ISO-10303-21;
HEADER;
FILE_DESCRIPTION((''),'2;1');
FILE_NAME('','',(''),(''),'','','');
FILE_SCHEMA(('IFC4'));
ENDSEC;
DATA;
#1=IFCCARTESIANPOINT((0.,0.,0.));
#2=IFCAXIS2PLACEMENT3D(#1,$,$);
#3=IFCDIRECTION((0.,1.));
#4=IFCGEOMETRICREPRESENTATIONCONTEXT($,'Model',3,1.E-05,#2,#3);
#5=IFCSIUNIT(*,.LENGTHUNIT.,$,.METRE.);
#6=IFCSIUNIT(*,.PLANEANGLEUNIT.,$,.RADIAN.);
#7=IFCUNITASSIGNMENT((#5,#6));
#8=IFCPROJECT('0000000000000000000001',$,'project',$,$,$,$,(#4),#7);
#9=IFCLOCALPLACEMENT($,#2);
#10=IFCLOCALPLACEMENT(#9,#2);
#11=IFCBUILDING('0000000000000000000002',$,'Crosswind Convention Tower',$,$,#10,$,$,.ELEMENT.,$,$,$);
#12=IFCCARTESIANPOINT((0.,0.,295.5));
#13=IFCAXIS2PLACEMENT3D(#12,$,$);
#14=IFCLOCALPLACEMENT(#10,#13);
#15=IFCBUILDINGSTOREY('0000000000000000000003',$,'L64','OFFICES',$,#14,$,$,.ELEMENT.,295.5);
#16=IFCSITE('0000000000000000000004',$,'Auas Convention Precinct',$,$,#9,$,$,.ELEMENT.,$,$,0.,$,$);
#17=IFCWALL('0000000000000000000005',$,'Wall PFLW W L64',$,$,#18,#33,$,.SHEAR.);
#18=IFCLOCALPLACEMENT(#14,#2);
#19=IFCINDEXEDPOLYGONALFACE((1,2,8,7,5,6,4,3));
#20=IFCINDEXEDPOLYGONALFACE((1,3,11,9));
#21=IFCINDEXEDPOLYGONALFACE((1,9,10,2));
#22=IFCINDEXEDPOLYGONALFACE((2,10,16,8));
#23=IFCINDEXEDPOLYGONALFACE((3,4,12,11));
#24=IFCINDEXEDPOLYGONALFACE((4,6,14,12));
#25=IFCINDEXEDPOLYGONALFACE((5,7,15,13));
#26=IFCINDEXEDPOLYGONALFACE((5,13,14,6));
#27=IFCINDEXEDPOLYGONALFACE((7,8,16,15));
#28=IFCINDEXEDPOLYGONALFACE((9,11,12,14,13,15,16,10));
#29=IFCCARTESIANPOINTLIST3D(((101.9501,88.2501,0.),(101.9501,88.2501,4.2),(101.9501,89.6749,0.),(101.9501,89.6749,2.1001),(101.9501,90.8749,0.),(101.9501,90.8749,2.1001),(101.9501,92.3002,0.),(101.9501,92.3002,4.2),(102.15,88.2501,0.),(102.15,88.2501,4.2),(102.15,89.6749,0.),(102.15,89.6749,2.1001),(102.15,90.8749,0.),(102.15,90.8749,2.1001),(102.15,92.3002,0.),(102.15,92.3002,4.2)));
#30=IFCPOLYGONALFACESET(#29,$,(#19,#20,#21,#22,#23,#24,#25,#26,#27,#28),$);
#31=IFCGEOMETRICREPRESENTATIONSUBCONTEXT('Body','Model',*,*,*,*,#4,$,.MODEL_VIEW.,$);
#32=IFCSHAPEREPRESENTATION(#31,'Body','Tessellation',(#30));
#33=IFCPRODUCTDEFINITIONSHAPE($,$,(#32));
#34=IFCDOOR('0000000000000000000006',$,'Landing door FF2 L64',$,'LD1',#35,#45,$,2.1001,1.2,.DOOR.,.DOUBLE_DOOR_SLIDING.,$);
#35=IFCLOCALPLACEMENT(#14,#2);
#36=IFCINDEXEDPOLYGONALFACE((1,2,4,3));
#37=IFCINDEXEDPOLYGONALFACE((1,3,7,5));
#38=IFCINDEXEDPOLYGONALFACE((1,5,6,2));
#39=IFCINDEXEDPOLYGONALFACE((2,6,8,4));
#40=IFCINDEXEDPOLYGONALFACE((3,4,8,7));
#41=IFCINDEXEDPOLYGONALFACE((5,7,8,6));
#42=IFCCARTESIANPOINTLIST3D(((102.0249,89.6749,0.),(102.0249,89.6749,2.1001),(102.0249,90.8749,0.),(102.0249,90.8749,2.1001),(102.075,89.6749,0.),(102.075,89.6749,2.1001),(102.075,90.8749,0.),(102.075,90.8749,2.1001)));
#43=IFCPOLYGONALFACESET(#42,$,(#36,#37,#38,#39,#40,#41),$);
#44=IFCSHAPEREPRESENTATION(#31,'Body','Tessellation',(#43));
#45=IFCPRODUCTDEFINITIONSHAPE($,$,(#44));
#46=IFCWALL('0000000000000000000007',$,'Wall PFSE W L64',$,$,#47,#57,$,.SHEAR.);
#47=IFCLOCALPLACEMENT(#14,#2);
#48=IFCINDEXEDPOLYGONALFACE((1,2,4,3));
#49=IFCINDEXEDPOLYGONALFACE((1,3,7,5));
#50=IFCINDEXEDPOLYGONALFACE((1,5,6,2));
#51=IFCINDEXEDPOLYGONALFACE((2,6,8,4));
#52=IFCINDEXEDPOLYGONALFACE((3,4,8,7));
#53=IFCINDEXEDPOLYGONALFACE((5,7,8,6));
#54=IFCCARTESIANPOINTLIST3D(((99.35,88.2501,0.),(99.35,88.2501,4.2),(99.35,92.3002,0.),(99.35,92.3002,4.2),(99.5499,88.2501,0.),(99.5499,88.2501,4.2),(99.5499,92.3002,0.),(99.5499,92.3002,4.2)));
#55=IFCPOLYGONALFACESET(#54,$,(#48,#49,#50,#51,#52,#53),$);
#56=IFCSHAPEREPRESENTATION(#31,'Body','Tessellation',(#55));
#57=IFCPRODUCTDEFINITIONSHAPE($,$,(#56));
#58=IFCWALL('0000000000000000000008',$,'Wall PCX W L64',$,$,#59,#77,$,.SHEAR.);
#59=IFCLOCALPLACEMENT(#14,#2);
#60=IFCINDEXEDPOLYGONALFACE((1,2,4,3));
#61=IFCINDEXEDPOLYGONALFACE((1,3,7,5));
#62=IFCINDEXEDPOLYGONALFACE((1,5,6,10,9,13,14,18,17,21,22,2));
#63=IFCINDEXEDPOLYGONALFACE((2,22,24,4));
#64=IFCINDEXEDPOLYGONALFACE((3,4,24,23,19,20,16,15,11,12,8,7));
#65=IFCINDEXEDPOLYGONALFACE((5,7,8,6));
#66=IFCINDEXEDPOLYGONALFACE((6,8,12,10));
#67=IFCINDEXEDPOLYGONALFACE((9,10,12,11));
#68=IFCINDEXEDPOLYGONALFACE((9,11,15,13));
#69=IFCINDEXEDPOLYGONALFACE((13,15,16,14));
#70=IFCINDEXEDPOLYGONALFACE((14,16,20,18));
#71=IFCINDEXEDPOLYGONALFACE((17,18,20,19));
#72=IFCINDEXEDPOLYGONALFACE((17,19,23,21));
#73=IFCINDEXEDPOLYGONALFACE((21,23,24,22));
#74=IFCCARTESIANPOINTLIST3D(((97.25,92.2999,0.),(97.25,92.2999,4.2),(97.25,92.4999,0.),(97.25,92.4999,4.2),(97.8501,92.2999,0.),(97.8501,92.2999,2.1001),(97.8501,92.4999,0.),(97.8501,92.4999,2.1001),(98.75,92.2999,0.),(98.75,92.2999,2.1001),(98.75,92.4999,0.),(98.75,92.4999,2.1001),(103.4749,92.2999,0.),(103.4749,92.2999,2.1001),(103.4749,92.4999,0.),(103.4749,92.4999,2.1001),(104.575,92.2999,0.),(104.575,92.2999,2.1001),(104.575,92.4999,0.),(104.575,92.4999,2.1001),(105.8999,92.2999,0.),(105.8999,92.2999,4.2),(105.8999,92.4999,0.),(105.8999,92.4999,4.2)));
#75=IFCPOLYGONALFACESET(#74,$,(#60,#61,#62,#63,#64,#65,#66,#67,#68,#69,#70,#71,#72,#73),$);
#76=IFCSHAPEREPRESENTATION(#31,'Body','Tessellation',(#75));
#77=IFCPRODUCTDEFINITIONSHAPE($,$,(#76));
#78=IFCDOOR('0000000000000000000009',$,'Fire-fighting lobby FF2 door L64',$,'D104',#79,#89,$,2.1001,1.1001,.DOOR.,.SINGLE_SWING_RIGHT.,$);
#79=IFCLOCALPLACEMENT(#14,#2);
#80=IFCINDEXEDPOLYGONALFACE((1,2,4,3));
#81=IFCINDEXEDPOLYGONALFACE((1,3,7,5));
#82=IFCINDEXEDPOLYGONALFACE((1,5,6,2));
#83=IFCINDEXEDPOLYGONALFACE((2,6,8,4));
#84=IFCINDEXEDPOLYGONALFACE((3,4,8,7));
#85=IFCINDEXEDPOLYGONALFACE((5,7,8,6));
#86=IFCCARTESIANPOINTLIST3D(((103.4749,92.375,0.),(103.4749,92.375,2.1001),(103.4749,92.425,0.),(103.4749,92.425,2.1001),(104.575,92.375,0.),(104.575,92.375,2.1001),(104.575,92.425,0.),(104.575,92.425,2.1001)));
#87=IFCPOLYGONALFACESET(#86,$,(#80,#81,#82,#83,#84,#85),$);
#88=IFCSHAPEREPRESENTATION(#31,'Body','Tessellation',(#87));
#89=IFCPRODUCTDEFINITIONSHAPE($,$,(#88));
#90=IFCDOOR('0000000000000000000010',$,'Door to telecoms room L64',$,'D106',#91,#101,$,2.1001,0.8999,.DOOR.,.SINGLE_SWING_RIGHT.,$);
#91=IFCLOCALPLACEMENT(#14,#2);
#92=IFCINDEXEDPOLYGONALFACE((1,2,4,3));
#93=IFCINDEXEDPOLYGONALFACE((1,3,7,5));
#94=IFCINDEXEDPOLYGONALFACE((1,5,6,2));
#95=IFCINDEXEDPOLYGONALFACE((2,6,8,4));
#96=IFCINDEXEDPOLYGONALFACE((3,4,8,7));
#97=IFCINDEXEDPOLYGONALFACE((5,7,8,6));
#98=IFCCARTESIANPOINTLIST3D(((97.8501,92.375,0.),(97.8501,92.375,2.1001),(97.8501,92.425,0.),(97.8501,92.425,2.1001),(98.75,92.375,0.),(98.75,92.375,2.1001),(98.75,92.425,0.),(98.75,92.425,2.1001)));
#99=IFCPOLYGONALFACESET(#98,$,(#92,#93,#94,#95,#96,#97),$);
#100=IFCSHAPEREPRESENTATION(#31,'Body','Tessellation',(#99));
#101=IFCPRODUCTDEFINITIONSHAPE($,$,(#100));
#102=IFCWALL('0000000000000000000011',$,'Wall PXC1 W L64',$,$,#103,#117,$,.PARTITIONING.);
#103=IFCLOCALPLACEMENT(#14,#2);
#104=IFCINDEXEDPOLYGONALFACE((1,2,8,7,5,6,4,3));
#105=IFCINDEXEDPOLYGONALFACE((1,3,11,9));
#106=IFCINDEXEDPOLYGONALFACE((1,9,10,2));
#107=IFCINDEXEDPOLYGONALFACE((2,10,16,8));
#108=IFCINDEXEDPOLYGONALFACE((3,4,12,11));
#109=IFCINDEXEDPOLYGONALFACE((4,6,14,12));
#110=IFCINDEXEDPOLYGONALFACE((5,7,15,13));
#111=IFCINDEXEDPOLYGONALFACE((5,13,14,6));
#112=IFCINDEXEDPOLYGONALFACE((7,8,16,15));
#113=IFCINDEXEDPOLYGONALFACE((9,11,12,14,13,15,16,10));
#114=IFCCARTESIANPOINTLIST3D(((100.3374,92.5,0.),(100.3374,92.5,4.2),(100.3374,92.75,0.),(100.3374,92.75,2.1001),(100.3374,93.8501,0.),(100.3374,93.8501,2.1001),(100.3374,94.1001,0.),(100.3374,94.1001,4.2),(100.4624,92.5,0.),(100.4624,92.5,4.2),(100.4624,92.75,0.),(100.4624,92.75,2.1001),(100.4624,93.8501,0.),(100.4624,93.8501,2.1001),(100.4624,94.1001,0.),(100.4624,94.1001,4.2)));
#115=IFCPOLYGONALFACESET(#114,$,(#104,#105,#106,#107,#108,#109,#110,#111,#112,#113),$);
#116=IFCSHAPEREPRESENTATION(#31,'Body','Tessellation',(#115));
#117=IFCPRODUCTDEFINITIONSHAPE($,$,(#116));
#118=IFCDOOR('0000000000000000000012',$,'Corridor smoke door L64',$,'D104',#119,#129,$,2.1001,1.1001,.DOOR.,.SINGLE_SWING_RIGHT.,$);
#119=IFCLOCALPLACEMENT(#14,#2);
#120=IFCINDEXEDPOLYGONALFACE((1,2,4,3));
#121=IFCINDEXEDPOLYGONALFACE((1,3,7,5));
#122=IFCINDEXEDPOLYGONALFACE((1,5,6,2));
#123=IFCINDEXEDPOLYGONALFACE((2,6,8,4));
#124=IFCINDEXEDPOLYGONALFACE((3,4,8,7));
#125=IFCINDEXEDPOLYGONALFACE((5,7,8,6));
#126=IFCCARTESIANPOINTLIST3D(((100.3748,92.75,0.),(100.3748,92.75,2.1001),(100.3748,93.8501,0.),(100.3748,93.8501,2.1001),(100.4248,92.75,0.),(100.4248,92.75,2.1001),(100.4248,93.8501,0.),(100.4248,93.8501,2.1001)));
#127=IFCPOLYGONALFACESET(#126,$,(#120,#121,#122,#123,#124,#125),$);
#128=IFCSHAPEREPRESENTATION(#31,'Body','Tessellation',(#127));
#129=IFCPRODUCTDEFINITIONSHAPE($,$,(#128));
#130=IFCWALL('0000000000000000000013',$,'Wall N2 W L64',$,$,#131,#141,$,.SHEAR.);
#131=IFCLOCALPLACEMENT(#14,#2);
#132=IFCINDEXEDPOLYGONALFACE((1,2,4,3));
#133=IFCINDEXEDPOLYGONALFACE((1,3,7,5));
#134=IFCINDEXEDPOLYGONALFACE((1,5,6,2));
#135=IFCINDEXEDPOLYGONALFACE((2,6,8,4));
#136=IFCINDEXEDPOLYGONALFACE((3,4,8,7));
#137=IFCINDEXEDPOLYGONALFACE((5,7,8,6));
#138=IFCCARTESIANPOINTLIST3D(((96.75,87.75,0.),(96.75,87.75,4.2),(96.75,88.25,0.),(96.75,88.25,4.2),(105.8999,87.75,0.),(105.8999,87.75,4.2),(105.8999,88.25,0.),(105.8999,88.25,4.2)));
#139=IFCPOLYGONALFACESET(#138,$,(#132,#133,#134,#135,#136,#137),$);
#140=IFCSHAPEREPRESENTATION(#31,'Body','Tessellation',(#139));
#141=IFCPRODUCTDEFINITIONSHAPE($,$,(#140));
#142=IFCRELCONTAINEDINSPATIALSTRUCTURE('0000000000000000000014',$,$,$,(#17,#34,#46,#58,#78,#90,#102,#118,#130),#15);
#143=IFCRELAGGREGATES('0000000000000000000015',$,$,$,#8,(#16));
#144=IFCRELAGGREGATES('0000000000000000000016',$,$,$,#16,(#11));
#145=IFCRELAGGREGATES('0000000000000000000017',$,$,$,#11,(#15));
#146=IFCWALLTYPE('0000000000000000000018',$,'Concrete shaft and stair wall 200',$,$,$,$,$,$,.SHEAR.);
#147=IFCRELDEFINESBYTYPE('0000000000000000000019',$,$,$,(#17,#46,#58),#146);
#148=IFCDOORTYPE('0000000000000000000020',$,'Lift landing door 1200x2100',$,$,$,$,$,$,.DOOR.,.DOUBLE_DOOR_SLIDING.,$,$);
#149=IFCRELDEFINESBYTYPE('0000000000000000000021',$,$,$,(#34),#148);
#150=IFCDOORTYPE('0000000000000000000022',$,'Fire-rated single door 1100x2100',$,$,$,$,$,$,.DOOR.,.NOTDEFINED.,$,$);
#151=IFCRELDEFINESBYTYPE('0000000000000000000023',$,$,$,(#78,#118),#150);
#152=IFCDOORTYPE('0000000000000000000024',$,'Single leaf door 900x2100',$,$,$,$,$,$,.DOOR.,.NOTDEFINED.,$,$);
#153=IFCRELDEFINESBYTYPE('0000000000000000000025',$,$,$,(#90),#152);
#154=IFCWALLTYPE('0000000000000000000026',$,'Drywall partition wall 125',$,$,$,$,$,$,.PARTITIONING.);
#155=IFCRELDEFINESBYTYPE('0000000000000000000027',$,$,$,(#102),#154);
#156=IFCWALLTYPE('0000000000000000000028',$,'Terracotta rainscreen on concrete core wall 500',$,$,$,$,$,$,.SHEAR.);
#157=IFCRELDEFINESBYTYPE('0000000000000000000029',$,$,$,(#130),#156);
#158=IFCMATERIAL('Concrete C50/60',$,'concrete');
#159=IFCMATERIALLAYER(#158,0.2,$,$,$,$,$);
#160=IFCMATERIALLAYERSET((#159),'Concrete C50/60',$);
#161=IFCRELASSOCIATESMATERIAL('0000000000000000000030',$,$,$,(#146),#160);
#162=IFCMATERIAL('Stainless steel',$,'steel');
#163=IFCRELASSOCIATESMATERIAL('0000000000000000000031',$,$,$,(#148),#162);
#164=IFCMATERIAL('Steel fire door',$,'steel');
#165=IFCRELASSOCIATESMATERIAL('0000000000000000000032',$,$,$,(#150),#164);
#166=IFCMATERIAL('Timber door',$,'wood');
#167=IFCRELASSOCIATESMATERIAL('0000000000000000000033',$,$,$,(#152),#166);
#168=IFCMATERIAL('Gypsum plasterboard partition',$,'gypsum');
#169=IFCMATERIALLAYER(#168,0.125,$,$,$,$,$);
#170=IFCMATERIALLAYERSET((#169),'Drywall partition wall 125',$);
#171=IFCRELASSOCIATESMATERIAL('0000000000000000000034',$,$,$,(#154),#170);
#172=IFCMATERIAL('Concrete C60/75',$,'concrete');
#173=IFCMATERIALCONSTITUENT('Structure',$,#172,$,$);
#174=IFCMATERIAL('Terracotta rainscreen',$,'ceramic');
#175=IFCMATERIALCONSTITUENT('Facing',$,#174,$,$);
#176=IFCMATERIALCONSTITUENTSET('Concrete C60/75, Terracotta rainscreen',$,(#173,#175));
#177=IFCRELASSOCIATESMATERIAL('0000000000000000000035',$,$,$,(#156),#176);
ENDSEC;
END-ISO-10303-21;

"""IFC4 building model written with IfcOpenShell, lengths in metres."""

from ifc_helpers import new_model, si_unit, direction, frame, frame_2d, origin, place, context, subcontext, project, spatial, rectangle, extrude, material, layer, layer_set, constituent, constituent_set, type_object, element, fill, save


model = new_model("IFC4")

# Units and contexts
model_context = context("Model", 3, precision=1e-05, world=origin(), true_north=direction((0.0, 1.0)))
body_context = subcontext(model_context, "Body", "Model", "MODEL_VIEW")
ifc_project = project(units=[si_unit("LENGTHUNIT", "METRE"), si_unit("PLANEANGLEUNIT", "RADIAN")], contexts=[model_context])

# Site, building, storey
site_placement = place(None, origin())
site = spatial("IfcSite", under=ifc_project, at=site_placement, Name="Auas Convention Precinct", CompositionType="ELEMENT", RefElevation=0.0)
building_placement = place(site_placement, origin())
building = spatial("IfcBuilding", under=site, at=building_placement, Name="Crosswind Convention Tower", CompositionType="ELEMENT")
storey_placement = place(building_placement, frame((0.0, 0.0, 295.5)))
storey = spatial("IfcBuildingStorey", under=building, at=storey_placement, Name="L64", Description="OFFICES", CompositionType="ELEMENT", Elevation=295.5)

# Shared definitions
ifc_material_1 = material(Name="Concrete C50/60", Category="concrete")
ifc_layer_1 = layer(ifc_material_1, 0.2)
ifc_layer_set_1 = layer_set([ifc_layer_1], Name="Concrete C50/60")
wall_type_1 = type_object("IfcWallType", Name="Concrete shaft and stair wall 200", PredefinedType="SHEAR", material=ifc_layer_set_1)

# Wall, opening, door
wall_1_placement = place(storey_placement, frame((102.05, 92.3, 0.0), z_axis=(0.0, 0.0, 1.0), x_axis=(0.0, -1.0, 0.0)))
wall_1 = element("IfcWall", 1, at=wall_1_placement, inside=storey, type_object=wall_type_1, Name="Wall PFLW W L64", PredefinedType="SHEAR", context=body_context, shape_type="SweptSolid", body=[
    extrude(rectangle(XDim=4.05, YDim=0.2, at=frame_2d((2.0249, 0.0))), origin(), (0.0, 0.0, 1.0), 4.2),
])
opening_1_placement = place(wall_1_placement, frame((1.425, 0.0, 0.0)))
opening_1 = element("IfcOpeningElement", 2, at=opening_1_placement, cuts=wall_1, PredefinedType="OPENING", context=body_context, shape_type="SweptSolid", body=[
    extrude(rectangle(XDim=1.2, YDim=2.1001, at=frame_2d((0.6001, 1.05))), frame((0.0, 0.1099, 0.0), z_axis=(0.0, -1.0, 0.0), x_axis=(1.0, 0.0, 0.0)), (0.0, 0.0, 1.0), 0.22),
])
ifc_material_2 = material(Name="Stainless steel", Category="steel")
door_type_1 = type_object("IfcDoorType", Name="Lift landing door 1200x2100", OperationType="DOUBLE_DOOR_SLIDING", PredefinedType="DOOR", material=ifc_material_2)
door_1_placement = place(opening_1_placement, origin())
door_1 = element("IfcDoor", 3, at=door_1_placement, inside=storey, type_object=door_type_1, Name="Landing door FF2 L64", ObjectType="LD1", OperationType="DOUBLE_DOOR_SLIDING", OverallHeight=2.1001, OverallWidth=1.2, PredefinedType="DOOR", context=body_context, shape_type="SweptSolid", body=[
    extrude(rectangle(XDim=1.2, YDim=2.1001, at=frame_2d((0.6001, 1.05))), frame((0.0, 0.0249, 0.0), z_axis=(0.0, -1.0, 0.0), x_axis=(1.0, 0.0, 0.0)), (0.0, 0.0, 1.0), 0.05),
])
fill(opening_1, door_1)

# Wall
wall_2_placement = place(storey_placement, frame((99.45, 92.3, 0.0), z_axis=(0.0, 0.0, 1.0), x_axis=(0.0, -1.0, 0.0)))
element("IfcWall", 4, at=wall_2_placement, inside=storey, type_object=wall_type_1, Name="Wall PFSE W L64", PredefinedType="SHEAR", context=body_context, shape_type="SweptSolid", body=[
    extrude(rectangle(XDim=4.05, YDim=0.2, at=frame_2d((2.0249, 0.0))), origin(), (0.0, 0.0, 1.0), 4.2),
])

# Wall, openings, doors
wall_3_placement = place(storey_placement, frame((105.8999, 92.3999, 0.0), z_axis=(0.0, 0.0, 1.0), x_axis=(-1.0, 0.0, 0.0)))
wall_3 = element("IfcWall", 5, at=wall_3_placement, inside=storey, type_object=wall_type_1, Name="Wall PCX W L64", PredefinedType="SHEAR", context=body_context, shape_type="SweptSolid", body=[
    extrude(rectangle(XDim=8.6499, YDim=0.2, at=frame_2d((4.325, 0.0))), origin(), (0.0, 0.0, 1.0), 4.2),
])
opening_2_placement = place(wall_3_placement, frame((1.325, 0.0, 0.0)))
opening_2 = element("IfcOpeningElement", 6, at=opening_2_placement, cuts=wall_3, PredefinedType="OPENING", context=body_context, shape_type="SweptSolid", body=[
    extrude(rectangle(XDim=1.1001, YDim=2.1001, at=frame_2d((0.55, 1.05))), frame((0.0, 0.1099, 0.0), z_axis=(0.0, -1.0, 0.0), x_axis=(1.0, 0.0, 0.0)), (0.0, 0.0, 1.0), 0.22),
])
opening_3_placement = place(wall_3_placement, frame((7.1499, 0.0, 0.0)))
opening_3 = element("IfcOpeningElement", 7, at=opening_3_placement, cuts=wall_3, PredefinedType="OPENING", context=body_context, shape_type="SweptSolid", body=[
    extrude(rectangle(XDim=0.8999, YDim=2.1001, at=frame_2d((0.45, 1.05))), frame((0.0, 0.1099, 0.0), z_axis=(0.0, -1.0, 0.0), x_axis=(1.0, 0.0, 0.0)), (0.0, 0.0, 1.0), 0.22),
])
ifc_material_3 = material(Name="Steel fire door", Category="steel")
door_type_2 = type_object("IfcDoorType", Name="Fire-rated single door 1100x2100", OperationType="NOTDEFINED", PredefinedType="DOOR", material=ifc_material_3)
door_2_placement = place(opening_2_placement, origin())
door_2 = element("IfcDoor", 8, at=door_2_placement, inside=storey, type_object=door_type_2, Name="Fire-fighting lobby FF2 door L64", ObjectType="D104", OperationType="SINGLE_SWING_RIGHT", OverallHeight=2.1001, OverallWidth=1.1001, PredefinedType="DOOR", context=body_context, shape_type="SweptSolid", body=[
    extrude(rectangle(XDim=1.1001, YDim=2.1001, at=frame_2d((0.55, 1.05))), frame((0.0, 0.0249, 0.0), z_axis=(0.0, -1.0, 0.0), x_axis=(1.0, 0.0, 0.0)), (0.0, 0.0, 1.0), 0.05),
])
fill(opening_2, door_2)
ifc_material_4 = material(Name="Timber door", Category="wood")
door_type_3 = type_object("IfcDoorType", Name="Single leaf door 900x2100", OperationType="NOTDEFINED", PredefinedType="DOOR", material=ifc_material_4)
door_3_placement = place(opening_3_placement, origin())
door_3 = element("IfcDoor", 9, at=door_3_placement, inside=storey, type_object=door_type_3, Name="Door to telecoms room L64", ObjectType="D106", OperationType="SINGLE_SWING_RIGHT", OverallHeight=2.1001, OverallWidth=0.8999, PredefinedType="DOOR", context=body_context, shape_type="SweptSolid", body=[
    extrude(rectangle(XDim=0.8999, YDim=2.1001, at=frame_2d((0.45, 1.05))), frame((0.0, 0.0249, 0.0), z_axis=(0.0, -1.0, 0.0), x_axis=(1.0, 0.0, 0.0)), (0.0, 0.0, 1.0), 0.05),
])
fill(opening_3, door_3)

# Wall, opening, door
ifc_material_5 = material(Name="Gypsum plasterboard partition", Category="gypsum")
ifc_layer_2 = layer(ifc_material_5, 0.125)
ifc_layer_set_2 = layer_set([ifc_layer_2], Name="Drywall partition wall 125")
wall_type_2 = type_object("IfcWallType", Name="Drywall partition wall 125", PredefinedType="PARTITIONING", material=ifc_layer_set_2)
wall_4_placement = place(storey_placement, frame((100.3999, 94.1001, 0.0), z_axis=(0.0, 0.0, 1.0), x_axis=(0.0, -1.0, 0.0)))
wall_4 = element("IfcWall", 10, at=wall_4_placement, inside=storey, type_object=wall_type_2, Name="Wall PXC1 W L64", PredefinedType="PARTITIONING", context=body_context, shape_type="SweptSolid", body=[
    extrude(rectangle(XDim=1.6001, YDim=0.125, at=frame_2d((0.8, 0.0))), origin(), (0.0, 0.0, 1.0), 4.2),
])
opening_4_placement = place(wall_4_placement, frame((0.25, 0.0, 0.0)))
opening_4 = element("IfcOpeningElement", 11, at=opening_4_placement, cuts=wall_4, PredefinedType="OPENING", context=body_context, shape_type="SweptSolid", body=[
    extrude(rectangle(XDim=1.1001, YDim=2.1001, at=frame_2d((0.55, 1.05))), frame((0.0, 0.0725, 0.0), z_axis=(0.0, -1.0, 0.0), x_axis=(1.0, 0.0, 0.0)), (0.0, 0.0, 1.0), 0.145),
])
door_4_placement = place(opening_4_placement, origin())
door_4 = element("IfcDoor", 12, at=door_4_placement, inside=storey, type_object=door_type_2, Name="Corridor smoke door L64", ObjectType="D104", OperationType="SINGLE_SWING_RIGHT", OverallHeight=2.1001, OverallWidth=1.1001, PredefinedType="DOOR", context=body_context, shape_type="SweptSolid", body=[
    extrude(rectangle(XDim=1.1001, YDim=2.1001, at=frame_2d((0.55, 1.05))), frame((0.0, 0.0249, 0.0), z_axis=(0.0, -1.0, 0.0), x_axis=(1.0, 0.0, 0.0)), (0.0, 0.0, 1.0), 0.05),
])
fill(opening_4, door_4)

# Wall
ifc_material_6 = material(Name="Concrete C60/75", Category="concrete")
ifc_constituent_1 = constituent(ifc_material_6, Name="Structure")
ifc_material_7 = material(Name="Terracotta rainscreen", Category="ceramic")
ifc_constituent_2 = constituent(ifc_material_7, Name="Facing")
ifc_constituent_set = constituent_set(constituents=[ifc_constituent_1, ifc_constituent_2], Name="Concrete C60/75, Terracotta rainscreen")
wall_type_3 = type_object("IfcWallType", Name="Terracotta rainscreen on concrete core wall 500", PredefinedType="SHEAR", material=ifc_constituent_set)
wall_5_placement = place(storey_placement, frame((105.8999, 88.0, 0.0), z_axis=(0.0, 0.0, 1.0), x_axis=(-1.0, 0.0, 0.0)))
element("IfcWall", 13, at=wall_5_placement, inside=storey, type_object=wall_type_3, Name="Wall N2 W L64", PredefinedType="SHEAR", context=body_context, shape_type="SweptSolid", body=[
    extrude(rectangle(XDim=9.1499, YDim=0.5, at=frame_2d((4.575, 0.0))), origin(), (0.0, 0.0, 1.0), 4.2),
])

save(model, "model.ifc")
